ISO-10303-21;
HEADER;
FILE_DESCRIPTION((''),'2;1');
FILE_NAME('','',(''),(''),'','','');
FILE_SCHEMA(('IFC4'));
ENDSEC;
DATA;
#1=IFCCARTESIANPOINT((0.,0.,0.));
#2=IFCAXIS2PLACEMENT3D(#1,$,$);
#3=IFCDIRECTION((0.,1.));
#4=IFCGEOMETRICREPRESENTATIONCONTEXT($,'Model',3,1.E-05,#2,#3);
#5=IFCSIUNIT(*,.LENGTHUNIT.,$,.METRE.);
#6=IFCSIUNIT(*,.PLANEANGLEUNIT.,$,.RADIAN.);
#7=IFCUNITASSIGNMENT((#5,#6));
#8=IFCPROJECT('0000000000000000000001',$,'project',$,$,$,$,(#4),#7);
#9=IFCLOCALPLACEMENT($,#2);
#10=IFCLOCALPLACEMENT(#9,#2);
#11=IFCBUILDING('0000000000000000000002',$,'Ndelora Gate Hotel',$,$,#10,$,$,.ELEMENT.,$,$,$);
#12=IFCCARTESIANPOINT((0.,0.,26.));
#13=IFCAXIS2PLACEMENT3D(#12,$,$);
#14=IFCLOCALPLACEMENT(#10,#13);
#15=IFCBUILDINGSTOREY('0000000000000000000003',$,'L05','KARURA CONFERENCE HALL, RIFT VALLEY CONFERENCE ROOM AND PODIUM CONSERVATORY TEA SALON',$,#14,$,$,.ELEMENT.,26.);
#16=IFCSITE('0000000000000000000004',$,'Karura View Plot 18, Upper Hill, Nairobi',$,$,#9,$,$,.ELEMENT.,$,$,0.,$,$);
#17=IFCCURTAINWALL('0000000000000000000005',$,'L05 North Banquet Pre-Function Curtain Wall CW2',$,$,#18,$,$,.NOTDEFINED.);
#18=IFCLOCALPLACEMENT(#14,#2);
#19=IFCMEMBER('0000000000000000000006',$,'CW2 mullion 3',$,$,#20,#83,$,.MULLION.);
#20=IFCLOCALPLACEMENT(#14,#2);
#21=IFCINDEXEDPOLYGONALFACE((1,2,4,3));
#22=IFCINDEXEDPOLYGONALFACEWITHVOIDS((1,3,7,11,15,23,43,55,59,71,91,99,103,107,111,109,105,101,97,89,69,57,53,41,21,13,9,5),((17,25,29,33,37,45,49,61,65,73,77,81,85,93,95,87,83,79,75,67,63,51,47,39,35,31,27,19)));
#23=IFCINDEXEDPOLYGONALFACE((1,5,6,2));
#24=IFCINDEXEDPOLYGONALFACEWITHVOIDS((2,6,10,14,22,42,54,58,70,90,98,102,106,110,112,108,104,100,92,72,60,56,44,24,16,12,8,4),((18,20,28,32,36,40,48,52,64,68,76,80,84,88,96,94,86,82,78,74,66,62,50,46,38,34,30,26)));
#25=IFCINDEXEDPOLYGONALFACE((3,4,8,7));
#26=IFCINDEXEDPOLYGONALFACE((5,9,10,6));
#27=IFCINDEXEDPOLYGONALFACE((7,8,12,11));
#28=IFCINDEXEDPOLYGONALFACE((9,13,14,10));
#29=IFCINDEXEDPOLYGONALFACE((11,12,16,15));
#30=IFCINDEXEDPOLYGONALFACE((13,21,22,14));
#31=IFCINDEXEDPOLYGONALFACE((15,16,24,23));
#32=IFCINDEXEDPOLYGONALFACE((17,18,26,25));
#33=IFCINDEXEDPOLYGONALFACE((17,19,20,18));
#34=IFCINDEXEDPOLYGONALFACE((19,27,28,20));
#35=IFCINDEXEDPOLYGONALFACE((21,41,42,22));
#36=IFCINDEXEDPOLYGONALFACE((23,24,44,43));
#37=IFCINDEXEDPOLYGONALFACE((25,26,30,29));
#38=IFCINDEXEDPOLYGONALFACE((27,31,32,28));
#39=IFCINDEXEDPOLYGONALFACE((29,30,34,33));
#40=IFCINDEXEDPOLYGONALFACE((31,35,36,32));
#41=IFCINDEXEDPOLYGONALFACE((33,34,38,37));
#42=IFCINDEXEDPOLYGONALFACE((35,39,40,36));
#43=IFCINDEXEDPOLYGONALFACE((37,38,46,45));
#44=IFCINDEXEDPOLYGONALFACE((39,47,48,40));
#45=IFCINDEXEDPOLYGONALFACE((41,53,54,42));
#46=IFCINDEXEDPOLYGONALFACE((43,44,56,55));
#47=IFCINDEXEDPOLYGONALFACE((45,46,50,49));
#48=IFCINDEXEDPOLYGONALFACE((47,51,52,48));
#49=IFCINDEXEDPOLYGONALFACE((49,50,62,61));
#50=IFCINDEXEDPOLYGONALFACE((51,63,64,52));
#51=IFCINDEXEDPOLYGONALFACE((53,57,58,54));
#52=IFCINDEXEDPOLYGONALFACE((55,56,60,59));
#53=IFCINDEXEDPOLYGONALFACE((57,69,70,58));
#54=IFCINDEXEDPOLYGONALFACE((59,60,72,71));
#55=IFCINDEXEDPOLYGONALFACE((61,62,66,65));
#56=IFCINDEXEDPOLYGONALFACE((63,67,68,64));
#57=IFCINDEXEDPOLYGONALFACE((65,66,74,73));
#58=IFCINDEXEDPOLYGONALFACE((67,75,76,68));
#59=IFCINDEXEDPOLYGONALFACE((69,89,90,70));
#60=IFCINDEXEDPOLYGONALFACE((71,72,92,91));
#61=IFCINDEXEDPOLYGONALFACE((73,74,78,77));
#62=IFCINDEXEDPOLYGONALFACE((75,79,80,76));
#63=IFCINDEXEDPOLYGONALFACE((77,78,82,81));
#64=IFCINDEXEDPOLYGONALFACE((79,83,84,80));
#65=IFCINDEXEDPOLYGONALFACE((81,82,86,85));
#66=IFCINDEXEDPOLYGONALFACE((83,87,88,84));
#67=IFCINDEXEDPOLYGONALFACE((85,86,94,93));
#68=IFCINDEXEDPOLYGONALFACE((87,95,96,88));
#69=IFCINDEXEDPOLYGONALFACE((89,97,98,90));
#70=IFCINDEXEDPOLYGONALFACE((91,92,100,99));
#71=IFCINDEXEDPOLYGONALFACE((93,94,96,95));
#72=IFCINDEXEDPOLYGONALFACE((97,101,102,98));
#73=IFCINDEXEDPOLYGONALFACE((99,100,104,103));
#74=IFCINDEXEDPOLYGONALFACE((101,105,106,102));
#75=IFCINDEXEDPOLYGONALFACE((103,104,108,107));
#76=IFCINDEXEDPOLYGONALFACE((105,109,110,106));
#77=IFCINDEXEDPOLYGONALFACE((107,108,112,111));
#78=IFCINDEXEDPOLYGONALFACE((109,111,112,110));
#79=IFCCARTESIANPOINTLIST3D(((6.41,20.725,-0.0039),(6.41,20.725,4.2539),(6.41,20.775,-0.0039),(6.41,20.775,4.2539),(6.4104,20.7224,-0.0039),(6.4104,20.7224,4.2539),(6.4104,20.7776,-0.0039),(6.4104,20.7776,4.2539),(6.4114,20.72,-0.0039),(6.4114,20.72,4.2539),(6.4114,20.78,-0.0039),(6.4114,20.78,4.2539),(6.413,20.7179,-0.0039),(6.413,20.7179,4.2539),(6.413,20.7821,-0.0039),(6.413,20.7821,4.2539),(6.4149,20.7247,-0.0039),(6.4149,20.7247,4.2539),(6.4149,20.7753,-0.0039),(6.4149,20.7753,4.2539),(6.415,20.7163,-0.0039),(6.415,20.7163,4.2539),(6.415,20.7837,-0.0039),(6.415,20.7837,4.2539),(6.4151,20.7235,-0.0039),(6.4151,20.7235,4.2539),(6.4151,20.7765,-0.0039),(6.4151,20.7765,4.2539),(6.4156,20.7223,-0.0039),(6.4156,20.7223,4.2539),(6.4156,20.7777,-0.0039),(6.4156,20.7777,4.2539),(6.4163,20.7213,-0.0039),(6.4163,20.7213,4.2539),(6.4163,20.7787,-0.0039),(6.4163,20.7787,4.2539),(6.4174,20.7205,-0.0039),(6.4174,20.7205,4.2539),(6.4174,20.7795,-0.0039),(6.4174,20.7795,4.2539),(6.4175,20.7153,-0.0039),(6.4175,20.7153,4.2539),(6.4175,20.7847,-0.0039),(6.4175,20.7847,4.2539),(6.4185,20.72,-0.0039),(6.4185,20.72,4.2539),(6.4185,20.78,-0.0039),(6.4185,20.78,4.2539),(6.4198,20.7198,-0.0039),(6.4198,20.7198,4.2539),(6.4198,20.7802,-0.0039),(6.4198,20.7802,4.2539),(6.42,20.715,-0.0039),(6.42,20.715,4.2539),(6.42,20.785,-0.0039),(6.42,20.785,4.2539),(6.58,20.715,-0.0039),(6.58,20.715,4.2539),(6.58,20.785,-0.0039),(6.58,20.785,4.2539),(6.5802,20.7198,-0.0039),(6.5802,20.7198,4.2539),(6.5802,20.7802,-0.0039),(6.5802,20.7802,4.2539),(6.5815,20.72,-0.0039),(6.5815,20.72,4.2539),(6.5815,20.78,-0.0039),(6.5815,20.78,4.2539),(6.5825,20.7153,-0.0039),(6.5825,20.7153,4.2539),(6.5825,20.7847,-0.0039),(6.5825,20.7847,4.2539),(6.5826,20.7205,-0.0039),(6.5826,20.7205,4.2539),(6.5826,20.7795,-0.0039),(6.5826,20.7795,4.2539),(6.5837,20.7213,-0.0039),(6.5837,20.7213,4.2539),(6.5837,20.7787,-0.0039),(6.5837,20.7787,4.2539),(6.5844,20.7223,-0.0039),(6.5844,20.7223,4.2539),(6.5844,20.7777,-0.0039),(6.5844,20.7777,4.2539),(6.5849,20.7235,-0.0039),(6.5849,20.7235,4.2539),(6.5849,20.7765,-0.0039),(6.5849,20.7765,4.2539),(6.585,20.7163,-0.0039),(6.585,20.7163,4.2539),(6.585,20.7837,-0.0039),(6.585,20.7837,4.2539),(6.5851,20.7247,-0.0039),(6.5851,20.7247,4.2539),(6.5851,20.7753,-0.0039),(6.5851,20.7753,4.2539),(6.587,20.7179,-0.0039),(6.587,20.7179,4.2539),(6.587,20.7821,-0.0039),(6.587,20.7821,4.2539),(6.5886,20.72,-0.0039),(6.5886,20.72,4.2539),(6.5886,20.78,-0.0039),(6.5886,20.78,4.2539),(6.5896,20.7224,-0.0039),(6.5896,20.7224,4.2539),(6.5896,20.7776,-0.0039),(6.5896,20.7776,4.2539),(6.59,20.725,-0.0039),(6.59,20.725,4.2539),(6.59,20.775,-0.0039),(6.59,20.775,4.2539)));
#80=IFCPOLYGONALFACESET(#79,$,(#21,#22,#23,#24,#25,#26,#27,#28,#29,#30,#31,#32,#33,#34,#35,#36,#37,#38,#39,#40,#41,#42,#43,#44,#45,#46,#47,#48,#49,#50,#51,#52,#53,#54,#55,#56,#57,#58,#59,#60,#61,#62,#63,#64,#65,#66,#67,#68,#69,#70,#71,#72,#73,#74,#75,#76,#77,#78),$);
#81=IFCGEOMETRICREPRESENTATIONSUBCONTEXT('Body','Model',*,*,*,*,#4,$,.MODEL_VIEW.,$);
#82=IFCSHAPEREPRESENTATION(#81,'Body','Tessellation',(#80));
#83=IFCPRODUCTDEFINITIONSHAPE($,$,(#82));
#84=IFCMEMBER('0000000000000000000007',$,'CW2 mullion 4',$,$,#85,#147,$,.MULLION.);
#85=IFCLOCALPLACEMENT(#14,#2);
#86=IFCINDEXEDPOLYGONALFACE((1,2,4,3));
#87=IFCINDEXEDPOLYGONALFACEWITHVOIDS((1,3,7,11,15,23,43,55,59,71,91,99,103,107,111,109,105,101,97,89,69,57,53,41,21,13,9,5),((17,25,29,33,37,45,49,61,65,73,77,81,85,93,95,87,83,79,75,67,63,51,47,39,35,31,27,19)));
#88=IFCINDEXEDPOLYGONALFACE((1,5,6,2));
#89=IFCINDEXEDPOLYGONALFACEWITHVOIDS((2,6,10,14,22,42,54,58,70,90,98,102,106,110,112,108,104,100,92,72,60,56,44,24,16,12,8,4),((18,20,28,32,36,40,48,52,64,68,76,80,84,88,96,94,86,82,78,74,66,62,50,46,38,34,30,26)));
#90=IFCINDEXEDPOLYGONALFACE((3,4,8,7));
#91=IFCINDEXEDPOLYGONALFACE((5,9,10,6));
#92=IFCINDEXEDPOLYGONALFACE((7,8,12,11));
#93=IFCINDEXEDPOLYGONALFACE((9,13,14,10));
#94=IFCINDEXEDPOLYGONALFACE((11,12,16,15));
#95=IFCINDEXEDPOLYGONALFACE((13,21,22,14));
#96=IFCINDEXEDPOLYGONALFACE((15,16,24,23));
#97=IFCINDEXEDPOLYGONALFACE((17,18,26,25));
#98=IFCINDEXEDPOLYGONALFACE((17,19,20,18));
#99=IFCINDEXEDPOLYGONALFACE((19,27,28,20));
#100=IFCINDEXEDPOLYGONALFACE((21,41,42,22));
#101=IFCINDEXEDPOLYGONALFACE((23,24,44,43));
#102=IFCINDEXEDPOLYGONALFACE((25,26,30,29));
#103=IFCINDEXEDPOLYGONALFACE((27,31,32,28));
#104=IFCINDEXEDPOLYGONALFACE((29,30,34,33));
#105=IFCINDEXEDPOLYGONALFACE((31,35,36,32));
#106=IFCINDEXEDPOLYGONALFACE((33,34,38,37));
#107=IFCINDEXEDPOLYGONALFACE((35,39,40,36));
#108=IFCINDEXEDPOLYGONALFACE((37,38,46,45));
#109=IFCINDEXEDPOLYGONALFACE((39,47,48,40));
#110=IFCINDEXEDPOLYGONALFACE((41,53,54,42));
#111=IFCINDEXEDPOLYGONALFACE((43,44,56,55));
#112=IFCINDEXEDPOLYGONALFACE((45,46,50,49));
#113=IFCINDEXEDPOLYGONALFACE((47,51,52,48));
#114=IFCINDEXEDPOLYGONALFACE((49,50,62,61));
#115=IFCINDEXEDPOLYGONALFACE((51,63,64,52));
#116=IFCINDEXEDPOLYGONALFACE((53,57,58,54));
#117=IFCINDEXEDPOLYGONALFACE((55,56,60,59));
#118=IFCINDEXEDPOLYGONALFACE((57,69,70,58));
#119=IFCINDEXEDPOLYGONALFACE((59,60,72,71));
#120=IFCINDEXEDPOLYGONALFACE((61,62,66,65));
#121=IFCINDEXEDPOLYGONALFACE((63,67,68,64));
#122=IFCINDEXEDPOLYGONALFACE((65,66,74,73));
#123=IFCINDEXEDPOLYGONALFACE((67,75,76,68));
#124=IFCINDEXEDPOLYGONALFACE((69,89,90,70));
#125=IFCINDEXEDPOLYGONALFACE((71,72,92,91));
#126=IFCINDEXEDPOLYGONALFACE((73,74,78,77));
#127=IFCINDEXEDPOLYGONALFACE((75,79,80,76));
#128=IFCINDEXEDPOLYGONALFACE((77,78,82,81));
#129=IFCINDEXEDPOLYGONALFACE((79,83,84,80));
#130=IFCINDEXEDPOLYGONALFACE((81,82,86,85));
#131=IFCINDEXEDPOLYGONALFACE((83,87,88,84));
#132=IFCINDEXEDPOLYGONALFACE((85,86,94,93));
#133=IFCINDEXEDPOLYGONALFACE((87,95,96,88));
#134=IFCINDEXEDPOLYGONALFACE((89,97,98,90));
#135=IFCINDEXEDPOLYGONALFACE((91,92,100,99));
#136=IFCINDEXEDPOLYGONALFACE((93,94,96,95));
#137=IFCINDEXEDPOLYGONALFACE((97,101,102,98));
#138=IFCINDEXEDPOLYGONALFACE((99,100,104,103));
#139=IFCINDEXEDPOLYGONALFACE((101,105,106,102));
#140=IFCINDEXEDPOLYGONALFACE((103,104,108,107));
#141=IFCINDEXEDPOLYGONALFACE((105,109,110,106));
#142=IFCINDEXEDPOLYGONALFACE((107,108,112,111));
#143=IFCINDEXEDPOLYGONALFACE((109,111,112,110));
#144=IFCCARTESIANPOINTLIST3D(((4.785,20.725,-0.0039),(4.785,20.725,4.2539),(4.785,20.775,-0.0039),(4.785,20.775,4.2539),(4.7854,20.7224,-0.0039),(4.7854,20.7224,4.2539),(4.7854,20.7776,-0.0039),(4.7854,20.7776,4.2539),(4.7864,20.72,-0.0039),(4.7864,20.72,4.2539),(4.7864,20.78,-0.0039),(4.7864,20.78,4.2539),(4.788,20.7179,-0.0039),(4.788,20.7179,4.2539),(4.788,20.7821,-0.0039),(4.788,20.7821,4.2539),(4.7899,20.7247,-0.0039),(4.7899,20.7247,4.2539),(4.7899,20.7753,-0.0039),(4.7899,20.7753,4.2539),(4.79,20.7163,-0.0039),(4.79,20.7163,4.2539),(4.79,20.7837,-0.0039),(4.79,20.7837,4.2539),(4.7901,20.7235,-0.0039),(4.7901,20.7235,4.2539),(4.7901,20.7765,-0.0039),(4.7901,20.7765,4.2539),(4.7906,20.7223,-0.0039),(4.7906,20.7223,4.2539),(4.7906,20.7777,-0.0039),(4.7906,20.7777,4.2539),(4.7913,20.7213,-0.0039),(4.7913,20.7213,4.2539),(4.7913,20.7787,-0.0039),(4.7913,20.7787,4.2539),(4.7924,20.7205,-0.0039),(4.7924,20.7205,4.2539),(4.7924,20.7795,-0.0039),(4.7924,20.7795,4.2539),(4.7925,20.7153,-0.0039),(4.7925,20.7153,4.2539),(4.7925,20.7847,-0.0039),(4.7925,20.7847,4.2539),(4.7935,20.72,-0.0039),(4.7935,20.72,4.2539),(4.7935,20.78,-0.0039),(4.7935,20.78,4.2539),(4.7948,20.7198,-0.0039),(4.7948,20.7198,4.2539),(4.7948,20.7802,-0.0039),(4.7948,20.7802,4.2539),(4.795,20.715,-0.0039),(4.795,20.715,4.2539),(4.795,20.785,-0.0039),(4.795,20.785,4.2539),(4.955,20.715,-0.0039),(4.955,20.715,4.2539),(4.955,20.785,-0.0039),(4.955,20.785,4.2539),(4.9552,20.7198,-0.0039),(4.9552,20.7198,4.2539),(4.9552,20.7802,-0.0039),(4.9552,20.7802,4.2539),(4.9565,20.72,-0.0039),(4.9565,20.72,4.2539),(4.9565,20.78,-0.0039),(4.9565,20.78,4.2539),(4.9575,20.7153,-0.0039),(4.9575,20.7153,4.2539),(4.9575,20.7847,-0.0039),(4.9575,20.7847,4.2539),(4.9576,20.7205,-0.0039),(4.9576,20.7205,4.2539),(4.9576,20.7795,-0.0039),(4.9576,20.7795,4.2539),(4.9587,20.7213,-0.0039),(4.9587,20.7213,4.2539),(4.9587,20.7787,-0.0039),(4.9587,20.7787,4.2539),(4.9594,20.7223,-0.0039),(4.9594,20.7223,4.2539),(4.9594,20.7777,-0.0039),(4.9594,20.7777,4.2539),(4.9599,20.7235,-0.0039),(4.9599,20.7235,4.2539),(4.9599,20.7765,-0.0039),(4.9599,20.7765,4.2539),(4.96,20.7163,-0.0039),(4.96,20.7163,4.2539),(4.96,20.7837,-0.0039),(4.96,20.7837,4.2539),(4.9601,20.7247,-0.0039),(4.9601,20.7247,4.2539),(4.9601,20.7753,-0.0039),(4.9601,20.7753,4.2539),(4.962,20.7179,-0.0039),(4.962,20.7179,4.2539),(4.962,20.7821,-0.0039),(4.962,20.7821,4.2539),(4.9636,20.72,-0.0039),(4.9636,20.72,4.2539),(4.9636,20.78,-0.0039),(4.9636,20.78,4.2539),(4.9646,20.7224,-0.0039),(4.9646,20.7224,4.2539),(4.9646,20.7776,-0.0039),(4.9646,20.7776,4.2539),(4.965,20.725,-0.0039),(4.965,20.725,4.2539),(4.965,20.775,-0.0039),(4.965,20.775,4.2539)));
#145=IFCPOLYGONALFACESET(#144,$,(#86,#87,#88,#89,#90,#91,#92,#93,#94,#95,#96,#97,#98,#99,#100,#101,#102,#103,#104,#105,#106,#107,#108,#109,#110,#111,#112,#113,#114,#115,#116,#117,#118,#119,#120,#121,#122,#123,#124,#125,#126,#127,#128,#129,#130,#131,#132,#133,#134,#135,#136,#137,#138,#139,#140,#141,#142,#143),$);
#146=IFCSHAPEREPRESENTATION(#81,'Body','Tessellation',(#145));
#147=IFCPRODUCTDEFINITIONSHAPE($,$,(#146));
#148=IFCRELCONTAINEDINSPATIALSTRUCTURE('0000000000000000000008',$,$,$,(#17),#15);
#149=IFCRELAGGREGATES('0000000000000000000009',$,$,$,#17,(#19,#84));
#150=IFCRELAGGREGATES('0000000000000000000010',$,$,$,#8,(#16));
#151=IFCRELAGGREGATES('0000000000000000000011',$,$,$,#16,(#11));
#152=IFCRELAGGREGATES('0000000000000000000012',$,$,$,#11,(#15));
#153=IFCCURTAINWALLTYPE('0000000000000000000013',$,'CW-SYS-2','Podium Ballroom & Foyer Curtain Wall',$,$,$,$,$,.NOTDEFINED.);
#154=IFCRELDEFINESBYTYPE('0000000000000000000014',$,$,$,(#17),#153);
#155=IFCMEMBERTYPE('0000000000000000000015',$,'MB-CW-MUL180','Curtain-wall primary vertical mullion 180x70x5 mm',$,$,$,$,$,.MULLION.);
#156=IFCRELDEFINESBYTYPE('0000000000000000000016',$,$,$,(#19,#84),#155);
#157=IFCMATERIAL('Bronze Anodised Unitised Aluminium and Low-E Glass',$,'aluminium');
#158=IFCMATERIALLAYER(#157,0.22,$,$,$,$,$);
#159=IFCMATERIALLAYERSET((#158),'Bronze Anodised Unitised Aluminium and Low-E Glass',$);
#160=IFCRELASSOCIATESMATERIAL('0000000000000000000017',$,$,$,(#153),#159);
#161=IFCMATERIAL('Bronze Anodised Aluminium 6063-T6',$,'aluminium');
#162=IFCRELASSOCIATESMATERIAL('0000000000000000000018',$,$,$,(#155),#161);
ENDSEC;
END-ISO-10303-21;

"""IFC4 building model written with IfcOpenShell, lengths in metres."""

from ifc_helpers import new_model, si_unit, direction, frame, origin, origin_2d, place, context, subcontext, project, spatial, hollow_rectangle, extrude, material, layer, layer_set, material_profile, profile_set, type_object, element, aggregate, save


model = new_model("IFC4")

# Units and contexts
model_context = context("Model", 3, precision=1e-05, world=origin(), true_north=direction((0.0, 1.0)))
body_context = subcontext(model_context, "Body", "Model", "MODEL_VIEW")
ifc_project = project(units=[si_unit("LENGTHUNIT", "METRE"), si_unit("PLANEANGLEUNIT", "RADIAN")], contexts=[model_context])

# Site, building, storey
site_placement = place(None, origin())
site = spatial("IfcSite", under=ifc_project, at=site_placement, Name="Karura View Plot 18, Upper Hill, Nairobi", CompositionType="ELEMENT", RefElevation=0.0)
building_placement = place(site_placement, origin())
building = spatial("IfcBuilding", under=site, at=building_placement, Name="Ndelora Gate Hotel", CompositionType="ELEMENT")
storey_placement = place(building_placement, frame((0.0, 0.0, 26.0)))
storey = spatial("IfcBuildingStorey", under=building, at=storey_placement, Name="L05", Description="KARURA CONFERENCE HALL, RIFT VALLEY CONFERENCE ROOM AND PODIUM CONSERVATORY TEA SALON", CompositionType="ELEMENT", Elevation=26.0)

# Curtain wall, members
ifc_material_1 = material(Name="Bronze Anodised Unitised Aluminium and Low-E Glass", Category="aluminium")
ifc_layer_1 = layer(ifc_material_1, 0.22)
ifc_layer_set_1 = layer_set([ifc_layer_1], Name="Bronze Anodised Unitised Aluminium and Low-E Glass")
curtain_wall_type = type_object("IfcCurtainWallType", Name="CW-SYS-2", Description="Podium Ballroom & Foyer Curtain Wall", PredefinedType="NOTDEFINED", material=ifc_layer_set_1)
curtain_wall_placement = place(storey_placement, origin())
curtain_wall = element("IfcCurtainWall", 1, at=curtain_wall_placement, inside=storey, type_object=curtain_wall_type, Name="L05 North Banquet Pre-Function Curtain Wall CW2", PredefinedType="NOTDEFINED")
ifc_material_2 = material(Name="Bronze Anodised Aluminium 6063-T6", Category="aluminium")
ifc_material_profile_1 = material_profile(ifc_material_2, hollow_rectangle(XDim=0.0701, YDim=0.1799, WallThickness=0.0049, InnerFilletRadius=0.0049, OuterFilletRadius=0.01, at=origin_2d()), Name="ALU 180x70x5")
ifc_profile_set_1 = profile_set([ifc_material_profile_1], Name="Bronze Anodised Aluminium 6063-T6")
member_type_1 = type_object("IfcMemberType", Name="MB-CW-MUL180", Description="Curtain-wall primary vertical mullion 180x70x5 mm", PredefinedType="MULLION", material=ifc_profile_set_1)
member_1_placement = place(storey_placement, frame((6.5, 20.75, -0.0039), z_axis=(0.0, 0.0, 1.0), x_axis=(0.0, -1.0, 0.0)))
member_1 = element("IfcMember", 2, at=member_1_placement, type_object=member_type_1, Name="CW2 mullion 3", PredefinedType="MULLION", context=body_context, shape_type="SweptSolid", body=[
    extrude(hollow_rectangle(XDim=0.0701, YDim=0.1799, WallThickness=0.0049, InnerFilletRadius=0.0049, OuterFilletRadius=0.01, at=origin_2d()), origin(), (0.0, 0.0, 1.0), 4.2578),
])
member_2_placement = place(storey_placement, frame((4.875, 20.75, -0.0039), z_axis=(0.0, 0.0, 1.0), x_axis=(0.0, -1.0, 0.0)))
member_2 = element("IfcMember", 3, at=member_2_placement, type_object=member_type_1, Name="CW2 mullion 4", PredefinedType="MULLION", context=body_context, shape_type="SweptSolid", body=[
    extrude(hollow_rectangle(XDim=0.0701, YDim=0.1799, WallThickness=0.0049, InnerFilletRadius=0.0049, OuterFilletRadius=0.01, at=origin_2d()), origin(), (0.0, 0.0, 1.0), 4.2578),
])
aggregate(curtain_wall, [member_1, member_2])

save(model, "model.ifc")
